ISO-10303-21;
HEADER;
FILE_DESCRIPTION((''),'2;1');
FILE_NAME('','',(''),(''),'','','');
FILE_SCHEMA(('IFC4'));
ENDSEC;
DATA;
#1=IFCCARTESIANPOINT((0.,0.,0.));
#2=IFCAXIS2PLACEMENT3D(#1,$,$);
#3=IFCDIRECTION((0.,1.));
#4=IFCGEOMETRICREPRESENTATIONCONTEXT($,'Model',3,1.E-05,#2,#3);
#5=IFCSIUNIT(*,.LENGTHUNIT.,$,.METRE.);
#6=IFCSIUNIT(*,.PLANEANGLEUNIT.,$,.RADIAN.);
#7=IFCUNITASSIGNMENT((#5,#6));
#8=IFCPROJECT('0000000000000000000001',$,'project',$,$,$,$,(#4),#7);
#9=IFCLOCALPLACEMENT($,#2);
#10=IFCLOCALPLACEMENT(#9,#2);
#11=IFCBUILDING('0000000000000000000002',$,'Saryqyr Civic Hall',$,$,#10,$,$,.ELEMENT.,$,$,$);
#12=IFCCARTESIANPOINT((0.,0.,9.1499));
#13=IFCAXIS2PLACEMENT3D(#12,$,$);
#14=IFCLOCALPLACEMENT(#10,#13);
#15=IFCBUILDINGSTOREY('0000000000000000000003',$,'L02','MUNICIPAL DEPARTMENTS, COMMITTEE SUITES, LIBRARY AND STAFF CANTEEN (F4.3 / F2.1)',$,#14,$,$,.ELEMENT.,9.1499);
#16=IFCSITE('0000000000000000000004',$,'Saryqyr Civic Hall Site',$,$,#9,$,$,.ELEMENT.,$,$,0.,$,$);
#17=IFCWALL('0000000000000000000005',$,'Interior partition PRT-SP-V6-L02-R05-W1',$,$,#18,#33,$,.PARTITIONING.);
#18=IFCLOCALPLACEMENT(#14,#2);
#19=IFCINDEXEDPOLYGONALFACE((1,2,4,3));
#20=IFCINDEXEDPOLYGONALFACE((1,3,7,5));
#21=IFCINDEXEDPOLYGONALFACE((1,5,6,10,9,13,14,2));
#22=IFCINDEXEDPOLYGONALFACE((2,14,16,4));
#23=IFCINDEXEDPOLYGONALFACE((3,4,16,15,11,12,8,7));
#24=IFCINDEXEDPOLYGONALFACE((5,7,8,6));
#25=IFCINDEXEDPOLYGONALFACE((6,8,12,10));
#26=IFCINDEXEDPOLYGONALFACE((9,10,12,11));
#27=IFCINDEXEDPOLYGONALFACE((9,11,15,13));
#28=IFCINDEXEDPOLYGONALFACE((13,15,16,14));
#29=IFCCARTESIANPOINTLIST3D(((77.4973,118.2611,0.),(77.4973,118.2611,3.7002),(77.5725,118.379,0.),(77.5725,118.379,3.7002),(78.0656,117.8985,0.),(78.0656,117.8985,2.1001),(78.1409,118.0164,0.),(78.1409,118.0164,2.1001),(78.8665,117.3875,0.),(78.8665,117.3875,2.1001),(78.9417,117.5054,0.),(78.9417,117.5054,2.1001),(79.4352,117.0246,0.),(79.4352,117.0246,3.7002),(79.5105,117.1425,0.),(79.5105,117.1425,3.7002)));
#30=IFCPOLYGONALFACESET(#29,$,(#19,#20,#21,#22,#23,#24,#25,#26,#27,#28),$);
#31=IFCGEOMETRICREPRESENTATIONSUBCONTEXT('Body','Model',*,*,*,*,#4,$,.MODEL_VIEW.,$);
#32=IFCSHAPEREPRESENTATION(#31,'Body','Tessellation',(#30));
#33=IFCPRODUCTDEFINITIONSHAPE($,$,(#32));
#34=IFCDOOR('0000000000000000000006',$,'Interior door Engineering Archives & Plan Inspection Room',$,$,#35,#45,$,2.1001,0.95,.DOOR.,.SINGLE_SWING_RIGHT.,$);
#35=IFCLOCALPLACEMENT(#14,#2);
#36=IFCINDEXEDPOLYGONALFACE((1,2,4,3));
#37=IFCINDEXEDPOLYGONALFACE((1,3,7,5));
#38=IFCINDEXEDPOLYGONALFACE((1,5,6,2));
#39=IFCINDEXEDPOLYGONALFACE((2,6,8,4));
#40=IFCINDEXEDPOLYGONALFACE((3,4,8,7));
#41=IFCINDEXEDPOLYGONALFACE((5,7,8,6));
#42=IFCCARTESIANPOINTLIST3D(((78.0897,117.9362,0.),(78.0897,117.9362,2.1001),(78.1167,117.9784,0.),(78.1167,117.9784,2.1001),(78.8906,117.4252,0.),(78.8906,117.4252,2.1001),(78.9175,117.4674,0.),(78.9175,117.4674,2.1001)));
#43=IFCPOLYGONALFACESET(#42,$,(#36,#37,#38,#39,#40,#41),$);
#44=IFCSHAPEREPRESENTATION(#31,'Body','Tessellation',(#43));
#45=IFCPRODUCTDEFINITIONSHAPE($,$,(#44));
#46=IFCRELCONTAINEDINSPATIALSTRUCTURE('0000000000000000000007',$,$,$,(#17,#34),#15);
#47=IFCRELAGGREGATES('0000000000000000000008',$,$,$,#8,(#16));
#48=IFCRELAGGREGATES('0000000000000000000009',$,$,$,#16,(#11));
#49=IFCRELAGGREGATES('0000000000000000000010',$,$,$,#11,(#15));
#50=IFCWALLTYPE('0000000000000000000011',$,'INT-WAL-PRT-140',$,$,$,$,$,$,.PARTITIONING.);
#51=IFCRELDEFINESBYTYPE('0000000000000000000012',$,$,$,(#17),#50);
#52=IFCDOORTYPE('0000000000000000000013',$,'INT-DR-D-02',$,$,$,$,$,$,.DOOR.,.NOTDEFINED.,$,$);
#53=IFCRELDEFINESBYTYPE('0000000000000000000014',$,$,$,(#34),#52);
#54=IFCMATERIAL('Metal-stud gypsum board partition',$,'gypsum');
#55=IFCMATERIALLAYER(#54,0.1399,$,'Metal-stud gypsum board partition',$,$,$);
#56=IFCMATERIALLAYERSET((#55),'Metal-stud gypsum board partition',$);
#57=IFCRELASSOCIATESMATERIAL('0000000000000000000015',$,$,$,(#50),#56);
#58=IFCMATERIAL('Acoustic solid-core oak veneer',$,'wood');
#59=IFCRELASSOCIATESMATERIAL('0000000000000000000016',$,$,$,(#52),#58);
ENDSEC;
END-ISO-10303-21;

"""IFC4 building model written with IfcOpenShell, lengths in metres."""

from ifc_helpers import new_model, si_unit, direction, frame, frame_2d, origin, place, context, subcontext, project, spatial, rectangle, extrude, material, layer, layer_set, type_object, element, fill, save


model = new_model("IFC4")

# Units and contexts
model_context = context("Model", 3, precision=1e-05, world=origin(), true_north=direction((0.0, 1.0)))
body_context = subcontext(model_context, "Body", "Model", "MODEL_VIEW")
ifc_project = project(units=[si_unit("LENGTHUNIT", "METRE"), si_unit("PLANEANGLEUNIT", "RADIAN")], contexts=[model_context])

# Site, building, storey
site_placement = place(None, origin())
site = spatial("IfcSite", under=ifc_project, at=site_placement, Name="Saryqyr Civic Hall Site", CompositionType="ELEMENT", RefElevation=0.0)
building_placement = place(site_placement, origin())
building = spatial("IfcBuilding", under=site, at=building_placement, Name="Saryqyr Civic Hall", CompositionType="ELEMENT")
storey_placement = place(building_placement, frame((0.0, 0.0, 9.1499)))
storey = spatial("IfcBuildingStorey", under=building, at=storey_placement, Name="L02", Description="MUNICIPAL DEPARTMENTS, COMMITTEE SUITES, LIBRARY AND STAFF CANTEEN (F4.3 / F2.1)", CompositionType="ELEMENT", Elevation=9.1499)

# Wall, opening, door
ifc_material_1 = material(Name="Metal-stud gypsum board partition", Category="gypsum")
ifc_layer_1 = layer(ifc_material_1, 0.1399, Name="Metal-stud gypsum board partition")
ifc_layer_set_1 = layer_set([ifc_layer_1], Name="Metal-stud gypsum board partition")
wall_type_1 = type_object("IfcWallType", Name="INT-WAL-PRT-140", PredefinedType="PARTITIONING", material=ifc_layer_set_1)
wall_1_placement = place(storey_placement, frame((77.5349, 118.3201, 0.0), z_axis=(0.0, 0.0, 1.0), x_axis=(0.843009, -0.537899, 0.0)))
wall_1 = element("IfcWall", 1, at=wall_1_placement, inside=storey, type_object=wall_type_1, Name="Interior partition PRT-SP-V6-L02-R05-W1", PredefinedType="PARTITIONING", context=body_context, shape_type="SweptSolid", body=[
    extrude(rectangle(XDim=2.2988, YDim=0.1399, at=frame_2d((1.1494, 0.0))), origin(), (0.0, 0.0, 1.0), 3.7002),
])
opening_1_placement = place(wall_1_placement, frame((0.6741, 0.0, 0.0)))
opening_1 = element("IfcOpeningElement", 2, at=opening_1_placement, cuts=wall_1, PredefinedType="OPENING", context=body_context, shape_type="SweptSolid", body=[
    extrude(rectangle(XDim=0.95, YDim=2.1001, at=frame_2d((0.4751, 1.05))), frame((0.0, 0.0798, 0.0), z_axis=(0.0, -1.0, 0.0), x_axis=(1.0, 0.0, 0.0)), (0.0, 0.0, 1.0), 0.1599),
])
ifc_material_2 = material(Name="Acoustic solid-core oak veneer", Category="wood")
door_type = type_object("IfcDoorType", Name="INT-DR-D-02", OperationType="NOTDEFINED", PredefinedType="DOOR", material=ifc_material_2)
door_placement = place(opening_1_placement, origin())
door = element("IfcDoor", 3, at=door_placement, inside=storey, type_object=door_type, Name="Interior door Engineering Archives & Plan Inspection Room", OperationType="SINGLE_SWING_RIGHT", OverallHeight=2.1001, OverallWidth=0.95, PredefinedType="DOOR", context=body_context, shape_type="SweptSolid", body=[
    extrude(rectangle(XDim=0.95, YDim=2.1001, at=frame_2d((0.4751, 1.05))), frame((0.0, 0.0249, 0.0), z_axis=(0.0, -1.0, 0.0), x_axis=(1.0, 0.0, 0.0)), (0.0, 0.0, 1.0), 0.05),
])
fill(opening_1, door)

save(model, "model.ifc")
